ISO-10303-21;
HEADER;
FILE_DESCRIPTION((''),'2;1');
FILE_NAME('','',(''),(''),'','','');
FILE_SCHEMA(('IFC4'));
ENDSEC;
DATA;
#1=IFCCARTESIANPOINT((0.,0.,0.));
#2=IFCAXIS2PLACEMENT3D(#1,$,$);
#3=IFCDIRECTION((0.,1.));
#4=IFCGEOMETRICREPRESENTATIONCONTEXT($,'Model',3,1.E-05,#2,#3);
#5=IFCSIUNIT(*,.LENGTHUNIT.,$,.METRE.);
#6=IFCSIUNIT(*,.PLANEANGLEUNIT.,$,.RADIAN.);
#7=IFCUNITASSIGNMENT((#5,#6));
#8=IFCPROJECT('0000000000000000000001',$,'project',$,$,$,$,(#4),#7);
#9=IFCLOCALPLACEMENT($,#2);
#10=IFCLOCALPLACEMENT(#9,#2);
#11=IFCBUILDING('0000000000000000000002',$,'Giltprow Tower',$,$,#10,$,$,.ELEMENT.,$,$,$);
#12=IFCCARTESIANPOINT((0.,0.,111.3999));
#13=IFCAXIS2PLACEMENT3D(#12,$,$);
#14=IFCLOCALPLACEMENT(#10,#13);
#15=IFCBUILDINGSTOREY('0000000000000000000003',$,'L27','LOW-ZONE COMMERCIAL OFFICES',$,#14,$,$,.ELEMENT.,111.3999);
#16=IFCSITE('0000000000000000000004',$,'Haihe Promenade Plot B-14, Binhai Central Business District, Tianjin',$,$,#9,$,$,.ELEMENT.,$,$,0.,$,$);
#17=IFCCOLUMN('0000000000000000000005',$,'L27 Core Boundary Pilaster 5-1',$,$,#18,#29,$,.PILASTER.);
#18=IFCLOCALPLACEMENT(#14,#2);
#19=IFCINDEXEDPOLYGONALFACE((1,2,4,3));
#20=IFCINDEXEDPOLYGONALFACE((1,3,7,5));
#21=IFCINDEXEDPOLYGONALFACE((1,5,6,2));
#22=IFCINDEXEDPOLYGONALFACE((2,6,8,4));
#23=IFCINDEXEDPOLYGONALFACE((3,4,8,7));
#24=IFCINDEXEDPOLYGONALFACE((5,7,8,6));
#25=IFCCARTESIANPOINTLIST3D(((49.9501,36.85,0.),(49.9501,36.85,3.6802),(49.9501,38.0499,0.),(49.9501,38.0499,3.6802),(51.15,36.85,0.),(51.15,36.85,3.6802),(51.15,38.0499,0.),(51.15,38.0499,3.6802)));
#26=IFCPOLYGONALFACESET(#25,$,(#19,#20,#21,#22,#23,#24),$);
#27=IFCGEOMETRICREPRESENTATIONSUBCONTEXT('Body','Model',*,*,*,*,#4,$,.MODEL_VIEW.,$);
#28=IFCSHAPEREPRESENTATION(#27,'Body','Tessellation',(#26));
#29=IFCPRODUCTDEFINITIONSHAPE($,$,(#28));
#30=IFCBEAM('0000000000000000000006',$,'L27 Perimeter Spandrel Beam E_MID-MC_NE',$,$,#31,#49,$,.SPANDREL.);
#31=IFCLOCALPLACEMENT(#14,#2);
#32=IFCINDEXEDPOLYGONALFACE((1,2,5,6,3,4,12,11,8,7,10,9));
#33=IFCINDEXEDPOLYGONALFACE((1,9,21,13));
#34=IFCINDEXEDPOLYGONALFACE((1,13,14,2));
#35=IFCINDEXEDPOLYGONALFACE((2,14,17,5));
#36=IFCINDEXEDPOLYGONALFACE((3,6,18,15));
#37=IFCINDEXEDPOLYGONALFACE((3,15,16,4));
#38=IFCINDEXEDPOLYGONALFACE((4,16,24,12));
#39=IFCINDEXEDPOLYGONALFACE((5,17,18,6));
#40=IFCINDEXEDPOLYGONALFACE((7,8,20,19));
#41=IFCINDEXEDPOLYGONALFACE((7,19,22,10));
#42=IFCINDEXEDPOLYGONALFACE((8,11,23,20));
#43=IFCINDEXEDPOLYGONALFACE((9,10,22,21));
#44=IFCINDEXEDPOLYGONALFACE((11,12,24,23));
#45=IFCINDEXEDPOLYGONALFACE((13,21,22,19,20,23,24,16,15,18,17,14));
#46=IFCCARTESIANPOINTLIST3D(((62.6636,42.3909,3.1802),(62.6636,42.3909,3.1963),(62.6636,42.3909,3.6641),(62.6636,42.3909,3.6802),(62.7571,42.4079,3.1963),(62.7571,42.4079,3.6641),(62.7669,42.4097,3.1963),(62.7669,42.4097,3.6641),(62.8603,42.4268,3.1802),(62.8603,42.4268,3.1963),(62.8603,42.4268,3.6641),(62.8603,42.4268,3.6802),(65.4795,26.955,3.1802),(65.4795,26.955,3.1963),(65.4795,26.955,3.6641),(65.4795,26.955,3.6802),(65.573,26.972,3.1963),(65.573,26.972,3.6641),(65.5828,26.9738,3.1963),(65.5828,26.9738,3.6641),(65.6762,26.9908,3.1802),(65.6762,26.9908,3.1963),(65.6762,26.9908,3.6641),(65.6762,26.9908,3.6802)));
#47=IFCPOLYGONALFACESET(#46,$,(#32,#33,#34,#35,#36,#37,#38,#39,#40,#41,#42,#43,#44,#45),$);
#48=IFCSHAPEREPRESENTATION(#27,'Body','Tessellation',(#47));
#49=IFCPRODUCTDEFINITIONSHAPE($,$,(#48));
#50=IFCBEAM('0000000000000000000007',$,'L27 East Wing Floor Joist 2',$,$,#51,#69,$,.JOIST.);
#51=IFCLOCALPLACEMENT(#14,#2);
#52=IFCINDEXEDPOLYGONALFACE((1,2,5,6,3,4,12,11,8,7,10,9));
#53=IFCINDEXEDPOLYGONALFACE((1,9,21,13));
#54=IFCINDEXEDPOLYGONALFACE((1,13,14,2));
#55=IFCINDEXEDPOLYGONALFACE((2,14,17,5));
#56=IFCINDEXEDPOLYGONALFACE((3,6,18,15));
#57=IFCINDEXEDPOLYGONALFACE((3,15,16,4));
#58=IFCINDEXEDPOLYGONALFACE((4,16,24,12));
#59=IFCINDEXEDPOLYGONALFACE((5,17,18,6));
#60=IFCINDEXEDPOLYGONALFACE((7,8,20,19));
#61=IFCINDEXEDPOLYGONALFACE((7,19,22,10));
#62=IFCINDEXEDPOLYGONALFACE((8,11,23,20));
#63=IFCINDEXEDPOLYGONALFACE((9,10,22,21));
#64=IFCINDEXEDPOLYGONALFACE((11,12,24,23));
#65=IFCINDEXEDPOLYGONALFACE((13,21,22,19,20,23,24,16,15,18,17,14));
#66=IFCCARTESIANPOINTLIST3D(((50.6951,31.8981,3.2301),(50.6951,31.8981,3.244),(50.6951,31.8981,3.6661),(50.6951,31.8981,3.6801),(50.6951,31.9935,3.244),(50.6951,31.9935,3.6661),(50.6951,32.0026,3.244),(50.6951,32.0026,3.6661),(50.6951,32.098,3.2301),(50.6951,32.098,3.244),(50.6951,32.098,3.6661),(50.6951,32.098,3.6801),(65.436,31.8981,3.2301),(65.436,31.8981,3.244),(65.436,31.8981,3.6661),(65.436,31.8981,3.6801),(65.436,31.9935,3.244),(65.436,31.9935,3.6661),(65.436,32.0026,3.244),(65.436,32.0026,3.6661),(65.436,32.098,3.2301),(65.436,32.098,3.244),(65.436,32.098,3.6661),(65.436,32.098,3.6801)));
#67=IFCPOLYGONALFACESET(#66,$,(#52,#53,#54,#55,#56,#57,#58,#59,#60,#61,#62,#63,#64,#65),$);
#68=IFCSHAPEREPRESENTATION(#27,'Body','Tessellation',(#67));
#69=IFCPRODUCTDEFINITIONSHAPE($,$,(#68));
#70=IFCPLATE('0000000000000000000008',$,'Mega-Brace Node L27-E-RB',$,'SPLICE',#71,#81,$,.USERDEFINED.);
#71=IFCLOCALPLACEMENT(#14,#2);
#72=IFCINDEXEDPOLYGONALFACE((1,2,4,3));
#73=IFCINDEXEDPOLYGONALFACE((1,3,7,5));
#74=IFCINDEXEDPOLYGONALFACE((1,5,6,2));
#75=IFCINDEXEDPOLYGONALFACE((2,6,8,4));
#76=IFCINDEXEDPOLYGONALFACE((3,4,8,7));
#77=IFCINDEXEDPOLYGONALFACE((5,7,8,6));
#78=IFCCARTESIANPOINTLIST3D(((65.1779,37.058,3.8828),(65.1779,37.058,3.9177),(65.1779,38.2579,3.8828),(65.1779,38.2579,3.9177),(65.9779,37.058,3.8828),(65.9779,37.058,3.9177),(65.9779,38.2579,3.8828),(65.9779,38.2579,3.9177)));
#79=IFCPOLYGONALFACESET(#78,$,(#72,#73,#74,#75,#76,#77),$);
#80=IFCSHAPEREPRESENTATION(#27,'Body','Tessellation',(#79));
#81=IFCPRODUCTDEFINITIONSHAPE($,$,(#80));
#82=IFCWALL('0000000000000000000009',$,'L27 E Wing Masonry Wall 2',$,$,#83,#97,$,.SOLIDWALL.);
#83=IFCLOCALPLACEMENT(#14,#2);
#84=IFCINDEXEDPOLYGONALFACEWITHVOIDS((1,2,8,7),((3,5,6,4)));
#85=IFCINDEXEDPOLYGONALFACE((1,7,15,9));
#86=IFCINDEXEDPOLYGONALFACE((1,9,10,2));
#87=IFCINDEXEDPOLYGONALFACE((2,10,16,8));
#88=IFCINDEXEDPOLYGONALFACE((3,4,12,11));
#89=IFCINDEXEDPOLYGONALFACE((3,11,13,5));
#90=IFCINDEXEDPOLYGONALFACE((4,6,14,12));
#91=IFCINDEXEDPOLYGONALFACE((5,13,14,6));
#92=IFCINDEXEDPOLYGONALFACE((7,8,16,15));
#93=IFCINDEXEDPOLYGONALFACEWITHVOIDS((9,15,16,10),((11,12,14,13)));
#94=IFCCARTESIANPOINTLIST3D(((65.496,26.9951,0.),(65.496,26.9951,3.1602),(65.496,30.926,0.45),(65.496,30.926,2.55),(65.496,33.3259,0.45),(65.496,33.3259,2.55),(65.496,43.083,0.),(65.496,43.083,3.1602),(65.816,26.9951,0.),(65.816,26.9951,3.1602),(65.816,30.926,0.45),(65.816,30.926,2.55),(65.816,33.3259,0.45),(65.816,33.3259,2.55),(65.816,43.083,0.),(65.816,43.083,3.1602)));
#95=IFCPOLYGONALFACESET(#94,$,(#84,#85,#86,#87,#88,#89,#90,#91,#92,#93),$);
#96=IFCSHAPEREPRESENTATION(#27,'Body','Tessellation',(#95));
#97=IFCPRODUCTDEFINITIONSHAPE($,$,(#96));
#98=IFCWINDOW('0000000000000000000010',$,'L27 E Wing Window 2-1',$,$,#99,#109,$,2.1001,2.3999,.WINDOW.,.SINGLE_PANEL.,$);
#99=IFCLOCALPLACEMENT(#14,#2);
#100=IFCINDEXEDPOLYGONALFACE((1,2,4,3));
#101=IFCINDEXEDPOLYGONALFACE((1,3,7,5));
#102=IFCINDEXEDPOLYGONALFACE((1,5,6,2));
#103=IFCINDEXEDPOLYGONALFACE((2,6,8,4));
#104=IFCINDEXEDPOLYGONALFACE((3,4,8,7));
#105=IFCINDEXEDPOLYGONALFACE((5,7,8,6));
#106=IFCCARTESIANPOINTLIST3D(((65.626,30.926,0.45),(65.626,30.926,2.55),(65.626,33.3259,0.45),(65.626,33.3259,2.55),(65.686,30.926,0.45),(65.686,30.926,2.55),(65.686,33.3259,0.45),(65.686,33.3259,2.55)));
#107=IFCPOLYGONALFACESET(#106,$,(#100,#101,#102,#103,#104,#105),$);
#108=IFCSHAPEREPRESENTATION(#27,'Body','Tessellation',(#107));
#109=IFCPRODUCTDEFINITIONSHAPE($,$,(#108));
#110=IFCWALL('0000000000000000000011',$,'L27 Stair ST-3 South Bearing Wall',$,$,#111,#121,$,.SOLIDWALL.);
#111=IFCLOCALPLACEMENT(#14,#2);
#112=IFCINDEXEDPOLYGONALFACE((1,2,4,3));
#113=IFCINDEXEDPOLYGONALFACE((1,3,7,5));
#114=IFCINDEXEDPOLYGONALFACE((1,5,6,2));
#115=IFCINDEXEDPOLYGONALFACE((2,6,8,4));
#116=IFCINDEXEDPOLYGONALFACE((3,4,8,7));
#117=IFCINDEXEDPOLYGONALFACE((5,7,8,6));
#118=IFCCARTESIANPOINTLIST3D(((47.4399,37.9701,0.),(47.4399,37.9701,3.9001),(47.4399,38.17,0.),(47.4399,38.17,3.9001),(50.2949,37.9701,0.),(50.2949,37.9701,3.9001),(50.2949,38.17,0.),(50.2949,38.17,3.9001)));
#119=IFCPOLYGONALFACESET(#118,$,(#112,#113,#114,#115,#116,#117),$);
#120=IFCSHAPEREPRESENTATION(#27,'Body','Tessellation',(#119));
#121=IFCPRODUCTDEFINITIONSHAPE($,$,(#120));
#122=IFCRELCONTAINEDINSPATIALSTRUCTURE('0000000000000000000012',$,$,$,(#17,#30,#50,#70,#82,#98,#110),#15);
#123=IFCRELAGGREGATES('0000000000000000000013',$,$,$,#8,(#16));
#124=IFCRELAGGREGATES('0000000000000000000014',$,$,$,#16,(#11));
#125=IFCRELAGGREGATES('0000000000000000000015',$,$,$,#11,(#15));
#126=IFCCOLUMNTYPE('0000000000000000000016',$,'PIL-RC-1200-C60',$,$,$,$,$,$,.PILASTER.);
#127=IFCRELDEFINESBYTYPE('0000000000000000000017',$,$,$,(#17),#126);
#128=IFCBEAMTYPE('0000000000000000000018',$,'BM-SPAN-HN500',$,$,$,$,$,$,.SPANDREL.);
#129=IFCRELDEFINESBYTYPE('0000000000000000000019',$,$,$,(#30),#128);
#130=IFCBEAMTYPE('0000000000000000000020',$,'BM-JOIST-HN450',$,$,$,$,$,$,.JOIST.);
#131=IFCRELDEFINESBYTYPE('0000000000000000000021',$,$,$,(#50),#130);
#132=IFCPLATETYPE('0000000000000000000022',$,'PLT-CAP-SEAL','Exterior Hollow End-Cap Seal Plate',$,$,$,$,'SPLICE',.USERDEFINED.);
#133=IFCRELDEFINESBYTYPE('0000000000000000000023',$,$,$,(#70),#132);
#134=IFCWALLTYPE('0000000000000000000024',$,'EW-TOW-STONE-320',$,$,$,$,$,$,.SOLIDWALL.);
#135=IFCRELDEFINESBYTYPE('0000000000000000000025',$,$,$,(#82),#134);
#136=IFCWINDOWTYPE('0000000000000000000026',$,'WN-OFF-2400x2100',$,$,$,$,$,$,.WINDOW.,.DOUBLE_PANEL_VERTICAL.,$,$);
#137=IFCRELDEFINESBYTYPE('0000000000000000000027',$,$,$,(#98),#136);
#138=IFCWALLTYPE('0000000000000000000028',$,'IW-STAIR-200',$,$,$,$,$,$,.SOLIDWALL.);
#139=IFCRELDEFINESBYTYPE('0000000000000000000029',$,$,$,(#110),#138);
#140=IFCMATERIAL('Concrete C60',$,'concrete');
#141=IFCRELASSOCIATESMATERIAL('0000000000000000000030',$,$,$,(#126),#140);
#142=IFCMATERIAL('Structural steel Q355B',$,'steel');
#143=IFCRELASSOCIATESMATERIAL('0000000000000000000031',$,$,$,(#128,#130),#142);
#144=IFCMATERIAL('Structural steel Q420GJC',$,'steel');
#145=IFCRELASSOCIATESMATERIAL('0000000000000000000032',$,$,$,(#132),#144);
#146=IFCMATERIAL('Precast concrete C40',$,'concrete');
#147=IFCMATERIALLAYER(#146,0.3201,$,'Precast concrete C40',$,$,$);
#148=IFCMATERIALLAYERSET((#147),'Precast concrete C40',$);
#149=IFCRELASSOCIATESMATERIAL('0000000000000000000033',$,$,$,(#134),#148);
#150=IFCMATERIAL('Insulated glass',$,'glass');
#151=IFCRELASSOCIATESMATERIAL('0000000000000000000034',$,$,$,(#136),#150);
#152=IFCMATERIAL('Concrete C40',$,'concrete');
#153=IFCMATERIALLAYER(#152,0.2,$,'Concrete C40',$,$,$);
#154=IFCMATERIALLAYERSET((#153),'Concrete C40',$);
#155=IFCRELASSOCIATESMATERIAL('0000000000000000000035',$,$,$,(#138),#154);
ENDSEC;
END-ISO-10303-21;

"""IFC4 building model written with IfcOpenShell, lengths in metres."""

from ifc_helpers import new_model, si_unit, direction, frame, frame_2d, origin, origin_2d, place, context, subcontext, project, spatial, rectangle, i_section, extrude, source, transform, mapped, material, layer, layer_set, material_profile, profile_set, type_object, element, fill, save


model = new_model("IFC4")

# Units and contexts
model_context = context("Model", 3, precision=1e-05, world=origin(), true_north=direction((0.0, 1.0)))
body_context = subcontext(model_context, "Body", "Model", "MODEL_VIEW")
ifc_project = project(units=[si_unit("LENGTHUNIT", "METRE"), si_unit("PLANEANGLEUNIT", "RADIAN")], contexts=[model_context])

# Site, building, storey
site_placement = place(None, origin())
site = spatial("IfcSite", under=ifc_project, at=site_placement, Name="Haihe Promenade Plot B-14, Binhai Central Business District, Tianjin", CompositionType="ELEMENT", RefElevation=0.0)
building_placement = place(site_placement, origin())
building = spatial("IfcBuilding", under=site, at=building_placement, Name="Giltprow Tower", CompositionType="ELEMENT")
storey_placement = place(building_placement, frame((0.0, 0.0, 111.3999)))
storey = spatial("IfcBuildingStorey", under=building, at=storey_placement, Name="L27", Description="LOW-ZONE COMMERCIAL OFFICES", CompositionType="ELEMENT", Elevation=111.3999)

# Column
ifc_material_1 = material(Name="Concrete C60", Category="concrete")
ifc_material_profile_1 = material_profile(ifc_material_1, rectangle(XDim=1.2, YDim=1.2, at=origin_2d()), Name="RC 1200x1200")
ifc_profile_set_1 = profile_set([ifc_material_profile_1], Name="Concrete C60")
column_type = type_object("IfcColumnType", Name="PIL-RC-1200-C60", PredefinedType="PILASTER", material=ifc_profile_set_1)
shared_shape_1 = source(origin(), body_context, "Body", "SweptSolid", [
    extrude(rectangle(XDim=1.2, YDim=1.2, at=origin_2d()), origin(), (0.0, 0.0, 1.0), 3.6802),
])
column_placement = place(storey_placement, frame((50.55, 37.45, 0.0), z_axis=(0.0, 0.0, 1.0), x_axis=(1.0, 0.0, 0.0)))
element("IfcColumn", 1, at=column_placement, inside=storey, type_object=column_type, Name="L27 Core Boundary Pilaster 5-1", PredefinedType="PILASTER", context=body_context, shape_type="MappedRepresentation", body=[
    mapped(shared_shape_1, transform((0.0, 0.0, 0.0), x_axis=(1.0, 0.0, 0.0), y_axis=(0.0, 1.0, 0.0), z_axis=(0.0, 0.0, 1.0), scale=1.0)),
])

# Beams
ifc_material_2 = material(Name="Structural steel Q355B", Category="steel")
ifc_material_profile_2 = material_profile(ifc_material_2, i_section(OverallWidth=0.2, OverallDepth=0.5, WebThickness=0.01, FlangeThickness=0.0161, at=origin_2d()), Name="HN 500x200x10x16")
ifc_profile_set_2 = profile_set([ifc_material_profile_2], Name="Structural steel Q355B")
beam_type_1 = type_object("IfcBeamType", Name="BM-SPAN-HN500", PredefinedType="SPANDREL", material=ifc_profile_set_2)
shared_shape_2 = source(origin(), body_context, "Body", "SweptSolid", [
    extrude(i_section(OverallWidth=0.2, OverallDepth=0.5, WebThickness=0.01, FlangeThickness=0.0161, at=origin_2d()), origin(), (0.0, 0.0, 1.0), 15.6907),
])
beam_1_placement = place(storey_placement, frame((65.5779, 26.9729, 3.4302), z_axis=(-0.179463, 0.983765, 0.0), x_axis=(-0.983765, -0.179463, 0.0)))
element("IfcBeam", 2, at=beam_1_placement, inside=storey, type_object=beam_type_1, Name="L27 Perimeter Spandrel Beam E_MID-MC_NE", PredefinedType="SPANDREL", context=body_context, shape_type="MappedRepresentation", body=[
    mapped(shared_shape_2, transform((0.0, 0.0, 0.0), x_axis=(1.0, 0.0, 0.0), y_axis=(0.0, 1.0, 0.0), z_axis=(0.0, 0.0, 1.0), scale=1.0)),
])
ifc_material_profile_3 = material_profile(ifc_material_2, i_section(OverallWidth=0.2, OverallDepth=0.45, WebThickness=0.009, FlangeThickness=0.0139, at=origin_2d()), Name="HN 450x200x9x14")
ifc_profile_set_3 = profile_set([ifc_material_profile_3], Name="Structural steel Q355B")
beam_type_2 = type_object("IfcBeamType", Name="BM-JOIST-HN450", PredefinedType="JOIST", material=ifc_profile_set_3)
shared_shape_3 = source(origin(), body_context, "Body", "SweptSolid", [
    extrude(i_section(OverallWidth=0.2, OverallDepth=0.45, WebThickness=0.009, FlangeThickness=0.0139, at=origin_2d()), origin(), (0.0, 0.0, 1.0), 14.741),
])
beam_2_placement = place(storey_placement, frame((50.6951, 31.998, 3.4551), z_axis=(1.0, 0.0, 0.0), x_axis=(0.0, 1.0, 0.0)))
element("IfcBeam", 3, at=beam_2_placement, inside=storey, type_object=beam_type_2, Name="L27 East Wing Floor Joist 2", PredefinedType="JOIST", context=body_context, shape_type="MappedRepresentation", body=[
    mapped(shared_shape_3, transform((0.0, 0.0, 0.0), x_axis=(1.0, 0.0, 0.0), y_axis=(0.0, 1.0, 0.0), z_axis=(0.0, 0.0, 1.0), scale=1.0)),
])

# Plate
ifc_material_3 = material(Name="Structural steel Q420GJC", Category="steel")
plate_type = type_object("IfcPlateType", Name="PLT-CAP-SEAL", Description="Exterior Hollow End-Cap Seal Plate", ElementType="SPLICE", PredefinedType="USERDEFINED", material=ifc_material_3)
shared_shape_4 = source(origin(), body_context, "Body", "SweptSolid", [
    extrude(rectangle(XDim=1.2, YDim=0.8, at=origin_2d()), origin(), (0.0, 0.0, 1.0), 0.0349),
])
plate_placement = place(storey_placement, frame((65.5779, 37.658, 3.8828), z_axis=(0.0, 0.0, 1.0), x_axis=(0.0, 1.0, 0.0)))
element("IfcPlate", 4, at=plate_placement, inside=storey, type_object=plate_type, Name="Mega-Brace Node L27-E-RB", ObjectType="SPLICE", PredefinedType="USERDEFINED", context=body_context, shape_type="MappedRepresentation", body=[
    mapped(shared_shape_4, transform((0.0, 0.0, 0.0), x_axis=(1.0, 0.0, 0.0), y_axis=(0.0, 1.0, 0.0), z_axis=(0.0, 0.0, 1.0), scale=1.0)),
])

# Wall, opening, window
ifc_material_4 = material(Name="Precast concrete C40", Category="concrete")
ifc_layer_1 = layer(ifc_material_4, 0.3201, Name="Precast concrete C40")
ifc_layer_set_1 = layer_set([ifc_layer_1], Name="Precast concrete C40")
wall_type_1 = type_object("IfcWallType", Name="EW-TOW-STONE-320", PredefinedType="SOLIDWALL", material=ifc_layer_set_1)
wall_1_placement = place(storey_placement, frame((65.656, 26.9951, 0.0), z_axis=(0.0, 0.0, 1.0), x_axis=(0.0, 1.0, 0.0)))
wall_1 = element("IfcWall", 5, at=wall_1_placement, inside=storey, type_object=wall_type_1, Name="L27 E Wing Masonry Wall 2", PredefinedType="SOLIDWALL", context=body_context, shape_type="SweptSolid", body=[
    extrude(rectangle(XDim=16.0879, YDim=0.3201, at=frame_2d((8.0439, 0.0))), origin(), (0.0, 0.0, 1.0), 3.1602),
])
opening_1_placement = place(wall_1_placement, frame((3.9309, 0.0, 0.45)))
opening_1 = element("IfcOpeningElement", 6, at=opening_1_placement, cuts=wall_1, PredefinedType="OPENING", context=body_context, shape_type="SweptSolid", body=[
    extrude(rectangle(XDim=2.3999, YDim=2.1001, at=frame_2d((1.2, 1.05))), frame((0.0, 0.1699, 0.0), z_axis=(0.0, -1.0, 0.0), x_axis=(1.0, 0.0, 0.0)), (0.0, 0.0, 1.0), 0.3401),
])
ifc_material_5 = material(Name="Insulated glass", Category="glass")
window_type = type_object("IfcWindowType", Name="WN-OFF-2400x2100", PartitioningType="DOUBLE_PANEL_VERTICAL", PredefinedType="WINDOW", material=ifc_material_5)
shared_shape_5 = source(origin(), body_context, "Body", "SweptSolid", [
    extrude(rectangle(XDim=2.3999, YDim=2.1001, at=frame_2d((1.2, 1.05))), frame((0.0, 0.03, 0.0), z_axis=(0.0, -1.0, 0.0), x_axis=(1.0, 0.0, 0.0)), (0.0, 0.0, 1.0), 0.0601),
])
window_placement = place(opening_1_placement, origin())
window = element("IfcWindow", 7, at=window_placement, inside=storey, type_object=window_type, Name="L27 E Wing Window 2-1", OverallHeight=2.1001, OverallWidth=2.3999, PartitioningType="SINGLE_PANEL", PredefinedType="WINDOW", context=body_context, shape_type="MappedRepresentation", body=[
    mapped(shared_shape_5, transform((0.0, 0.0, 0.0), x_axis=(1.0, 0.0, 0.0), y_axis=(0.0, 1.0, 0.0), z_axis=(0.0, 0.0, 1.0), scale=1.0)),
])
fill(opening_1, window)

# Wall
ifc_material_6 = material(Name="Concrete C40", Category="concrete")
ifc_layer_2 = layer(ifc_material_6, 0.2, Name="Concrete C40")
ifc_layer_set_2 = layer_set([ifc_layer_2], Name="Concrete C40")
wall_type_2 = type_object("IfcWallType", Name="IW-STAIR-200", PredefinedType="SOLIDWALL", material=ifc_layer_set_2)
wall_2_placement = place(storey_placement, frame((47.4399, 38.0701, 0.0), z_axis=(0.0, 0.0, 1.0), x_axis=(1.0, 0.0, 0.0)))
element("IfcWall", 8, at=wall_2_placement, inside=storey, type_object=wall_type_2, Name="L27 Stair ST-3 South Bearing Wall", PredefinedType="SOLIDWALL", context=body_context, shape_type="SweptSolid", body=[
    extrude(rectangle(XDim=2.855, YDim=0.2, at=frame_2d((1.4275, 0.0))), origin(), (0.0, 0.0, 1.0), 3.9001),
])

save(model, "model.ifc")
